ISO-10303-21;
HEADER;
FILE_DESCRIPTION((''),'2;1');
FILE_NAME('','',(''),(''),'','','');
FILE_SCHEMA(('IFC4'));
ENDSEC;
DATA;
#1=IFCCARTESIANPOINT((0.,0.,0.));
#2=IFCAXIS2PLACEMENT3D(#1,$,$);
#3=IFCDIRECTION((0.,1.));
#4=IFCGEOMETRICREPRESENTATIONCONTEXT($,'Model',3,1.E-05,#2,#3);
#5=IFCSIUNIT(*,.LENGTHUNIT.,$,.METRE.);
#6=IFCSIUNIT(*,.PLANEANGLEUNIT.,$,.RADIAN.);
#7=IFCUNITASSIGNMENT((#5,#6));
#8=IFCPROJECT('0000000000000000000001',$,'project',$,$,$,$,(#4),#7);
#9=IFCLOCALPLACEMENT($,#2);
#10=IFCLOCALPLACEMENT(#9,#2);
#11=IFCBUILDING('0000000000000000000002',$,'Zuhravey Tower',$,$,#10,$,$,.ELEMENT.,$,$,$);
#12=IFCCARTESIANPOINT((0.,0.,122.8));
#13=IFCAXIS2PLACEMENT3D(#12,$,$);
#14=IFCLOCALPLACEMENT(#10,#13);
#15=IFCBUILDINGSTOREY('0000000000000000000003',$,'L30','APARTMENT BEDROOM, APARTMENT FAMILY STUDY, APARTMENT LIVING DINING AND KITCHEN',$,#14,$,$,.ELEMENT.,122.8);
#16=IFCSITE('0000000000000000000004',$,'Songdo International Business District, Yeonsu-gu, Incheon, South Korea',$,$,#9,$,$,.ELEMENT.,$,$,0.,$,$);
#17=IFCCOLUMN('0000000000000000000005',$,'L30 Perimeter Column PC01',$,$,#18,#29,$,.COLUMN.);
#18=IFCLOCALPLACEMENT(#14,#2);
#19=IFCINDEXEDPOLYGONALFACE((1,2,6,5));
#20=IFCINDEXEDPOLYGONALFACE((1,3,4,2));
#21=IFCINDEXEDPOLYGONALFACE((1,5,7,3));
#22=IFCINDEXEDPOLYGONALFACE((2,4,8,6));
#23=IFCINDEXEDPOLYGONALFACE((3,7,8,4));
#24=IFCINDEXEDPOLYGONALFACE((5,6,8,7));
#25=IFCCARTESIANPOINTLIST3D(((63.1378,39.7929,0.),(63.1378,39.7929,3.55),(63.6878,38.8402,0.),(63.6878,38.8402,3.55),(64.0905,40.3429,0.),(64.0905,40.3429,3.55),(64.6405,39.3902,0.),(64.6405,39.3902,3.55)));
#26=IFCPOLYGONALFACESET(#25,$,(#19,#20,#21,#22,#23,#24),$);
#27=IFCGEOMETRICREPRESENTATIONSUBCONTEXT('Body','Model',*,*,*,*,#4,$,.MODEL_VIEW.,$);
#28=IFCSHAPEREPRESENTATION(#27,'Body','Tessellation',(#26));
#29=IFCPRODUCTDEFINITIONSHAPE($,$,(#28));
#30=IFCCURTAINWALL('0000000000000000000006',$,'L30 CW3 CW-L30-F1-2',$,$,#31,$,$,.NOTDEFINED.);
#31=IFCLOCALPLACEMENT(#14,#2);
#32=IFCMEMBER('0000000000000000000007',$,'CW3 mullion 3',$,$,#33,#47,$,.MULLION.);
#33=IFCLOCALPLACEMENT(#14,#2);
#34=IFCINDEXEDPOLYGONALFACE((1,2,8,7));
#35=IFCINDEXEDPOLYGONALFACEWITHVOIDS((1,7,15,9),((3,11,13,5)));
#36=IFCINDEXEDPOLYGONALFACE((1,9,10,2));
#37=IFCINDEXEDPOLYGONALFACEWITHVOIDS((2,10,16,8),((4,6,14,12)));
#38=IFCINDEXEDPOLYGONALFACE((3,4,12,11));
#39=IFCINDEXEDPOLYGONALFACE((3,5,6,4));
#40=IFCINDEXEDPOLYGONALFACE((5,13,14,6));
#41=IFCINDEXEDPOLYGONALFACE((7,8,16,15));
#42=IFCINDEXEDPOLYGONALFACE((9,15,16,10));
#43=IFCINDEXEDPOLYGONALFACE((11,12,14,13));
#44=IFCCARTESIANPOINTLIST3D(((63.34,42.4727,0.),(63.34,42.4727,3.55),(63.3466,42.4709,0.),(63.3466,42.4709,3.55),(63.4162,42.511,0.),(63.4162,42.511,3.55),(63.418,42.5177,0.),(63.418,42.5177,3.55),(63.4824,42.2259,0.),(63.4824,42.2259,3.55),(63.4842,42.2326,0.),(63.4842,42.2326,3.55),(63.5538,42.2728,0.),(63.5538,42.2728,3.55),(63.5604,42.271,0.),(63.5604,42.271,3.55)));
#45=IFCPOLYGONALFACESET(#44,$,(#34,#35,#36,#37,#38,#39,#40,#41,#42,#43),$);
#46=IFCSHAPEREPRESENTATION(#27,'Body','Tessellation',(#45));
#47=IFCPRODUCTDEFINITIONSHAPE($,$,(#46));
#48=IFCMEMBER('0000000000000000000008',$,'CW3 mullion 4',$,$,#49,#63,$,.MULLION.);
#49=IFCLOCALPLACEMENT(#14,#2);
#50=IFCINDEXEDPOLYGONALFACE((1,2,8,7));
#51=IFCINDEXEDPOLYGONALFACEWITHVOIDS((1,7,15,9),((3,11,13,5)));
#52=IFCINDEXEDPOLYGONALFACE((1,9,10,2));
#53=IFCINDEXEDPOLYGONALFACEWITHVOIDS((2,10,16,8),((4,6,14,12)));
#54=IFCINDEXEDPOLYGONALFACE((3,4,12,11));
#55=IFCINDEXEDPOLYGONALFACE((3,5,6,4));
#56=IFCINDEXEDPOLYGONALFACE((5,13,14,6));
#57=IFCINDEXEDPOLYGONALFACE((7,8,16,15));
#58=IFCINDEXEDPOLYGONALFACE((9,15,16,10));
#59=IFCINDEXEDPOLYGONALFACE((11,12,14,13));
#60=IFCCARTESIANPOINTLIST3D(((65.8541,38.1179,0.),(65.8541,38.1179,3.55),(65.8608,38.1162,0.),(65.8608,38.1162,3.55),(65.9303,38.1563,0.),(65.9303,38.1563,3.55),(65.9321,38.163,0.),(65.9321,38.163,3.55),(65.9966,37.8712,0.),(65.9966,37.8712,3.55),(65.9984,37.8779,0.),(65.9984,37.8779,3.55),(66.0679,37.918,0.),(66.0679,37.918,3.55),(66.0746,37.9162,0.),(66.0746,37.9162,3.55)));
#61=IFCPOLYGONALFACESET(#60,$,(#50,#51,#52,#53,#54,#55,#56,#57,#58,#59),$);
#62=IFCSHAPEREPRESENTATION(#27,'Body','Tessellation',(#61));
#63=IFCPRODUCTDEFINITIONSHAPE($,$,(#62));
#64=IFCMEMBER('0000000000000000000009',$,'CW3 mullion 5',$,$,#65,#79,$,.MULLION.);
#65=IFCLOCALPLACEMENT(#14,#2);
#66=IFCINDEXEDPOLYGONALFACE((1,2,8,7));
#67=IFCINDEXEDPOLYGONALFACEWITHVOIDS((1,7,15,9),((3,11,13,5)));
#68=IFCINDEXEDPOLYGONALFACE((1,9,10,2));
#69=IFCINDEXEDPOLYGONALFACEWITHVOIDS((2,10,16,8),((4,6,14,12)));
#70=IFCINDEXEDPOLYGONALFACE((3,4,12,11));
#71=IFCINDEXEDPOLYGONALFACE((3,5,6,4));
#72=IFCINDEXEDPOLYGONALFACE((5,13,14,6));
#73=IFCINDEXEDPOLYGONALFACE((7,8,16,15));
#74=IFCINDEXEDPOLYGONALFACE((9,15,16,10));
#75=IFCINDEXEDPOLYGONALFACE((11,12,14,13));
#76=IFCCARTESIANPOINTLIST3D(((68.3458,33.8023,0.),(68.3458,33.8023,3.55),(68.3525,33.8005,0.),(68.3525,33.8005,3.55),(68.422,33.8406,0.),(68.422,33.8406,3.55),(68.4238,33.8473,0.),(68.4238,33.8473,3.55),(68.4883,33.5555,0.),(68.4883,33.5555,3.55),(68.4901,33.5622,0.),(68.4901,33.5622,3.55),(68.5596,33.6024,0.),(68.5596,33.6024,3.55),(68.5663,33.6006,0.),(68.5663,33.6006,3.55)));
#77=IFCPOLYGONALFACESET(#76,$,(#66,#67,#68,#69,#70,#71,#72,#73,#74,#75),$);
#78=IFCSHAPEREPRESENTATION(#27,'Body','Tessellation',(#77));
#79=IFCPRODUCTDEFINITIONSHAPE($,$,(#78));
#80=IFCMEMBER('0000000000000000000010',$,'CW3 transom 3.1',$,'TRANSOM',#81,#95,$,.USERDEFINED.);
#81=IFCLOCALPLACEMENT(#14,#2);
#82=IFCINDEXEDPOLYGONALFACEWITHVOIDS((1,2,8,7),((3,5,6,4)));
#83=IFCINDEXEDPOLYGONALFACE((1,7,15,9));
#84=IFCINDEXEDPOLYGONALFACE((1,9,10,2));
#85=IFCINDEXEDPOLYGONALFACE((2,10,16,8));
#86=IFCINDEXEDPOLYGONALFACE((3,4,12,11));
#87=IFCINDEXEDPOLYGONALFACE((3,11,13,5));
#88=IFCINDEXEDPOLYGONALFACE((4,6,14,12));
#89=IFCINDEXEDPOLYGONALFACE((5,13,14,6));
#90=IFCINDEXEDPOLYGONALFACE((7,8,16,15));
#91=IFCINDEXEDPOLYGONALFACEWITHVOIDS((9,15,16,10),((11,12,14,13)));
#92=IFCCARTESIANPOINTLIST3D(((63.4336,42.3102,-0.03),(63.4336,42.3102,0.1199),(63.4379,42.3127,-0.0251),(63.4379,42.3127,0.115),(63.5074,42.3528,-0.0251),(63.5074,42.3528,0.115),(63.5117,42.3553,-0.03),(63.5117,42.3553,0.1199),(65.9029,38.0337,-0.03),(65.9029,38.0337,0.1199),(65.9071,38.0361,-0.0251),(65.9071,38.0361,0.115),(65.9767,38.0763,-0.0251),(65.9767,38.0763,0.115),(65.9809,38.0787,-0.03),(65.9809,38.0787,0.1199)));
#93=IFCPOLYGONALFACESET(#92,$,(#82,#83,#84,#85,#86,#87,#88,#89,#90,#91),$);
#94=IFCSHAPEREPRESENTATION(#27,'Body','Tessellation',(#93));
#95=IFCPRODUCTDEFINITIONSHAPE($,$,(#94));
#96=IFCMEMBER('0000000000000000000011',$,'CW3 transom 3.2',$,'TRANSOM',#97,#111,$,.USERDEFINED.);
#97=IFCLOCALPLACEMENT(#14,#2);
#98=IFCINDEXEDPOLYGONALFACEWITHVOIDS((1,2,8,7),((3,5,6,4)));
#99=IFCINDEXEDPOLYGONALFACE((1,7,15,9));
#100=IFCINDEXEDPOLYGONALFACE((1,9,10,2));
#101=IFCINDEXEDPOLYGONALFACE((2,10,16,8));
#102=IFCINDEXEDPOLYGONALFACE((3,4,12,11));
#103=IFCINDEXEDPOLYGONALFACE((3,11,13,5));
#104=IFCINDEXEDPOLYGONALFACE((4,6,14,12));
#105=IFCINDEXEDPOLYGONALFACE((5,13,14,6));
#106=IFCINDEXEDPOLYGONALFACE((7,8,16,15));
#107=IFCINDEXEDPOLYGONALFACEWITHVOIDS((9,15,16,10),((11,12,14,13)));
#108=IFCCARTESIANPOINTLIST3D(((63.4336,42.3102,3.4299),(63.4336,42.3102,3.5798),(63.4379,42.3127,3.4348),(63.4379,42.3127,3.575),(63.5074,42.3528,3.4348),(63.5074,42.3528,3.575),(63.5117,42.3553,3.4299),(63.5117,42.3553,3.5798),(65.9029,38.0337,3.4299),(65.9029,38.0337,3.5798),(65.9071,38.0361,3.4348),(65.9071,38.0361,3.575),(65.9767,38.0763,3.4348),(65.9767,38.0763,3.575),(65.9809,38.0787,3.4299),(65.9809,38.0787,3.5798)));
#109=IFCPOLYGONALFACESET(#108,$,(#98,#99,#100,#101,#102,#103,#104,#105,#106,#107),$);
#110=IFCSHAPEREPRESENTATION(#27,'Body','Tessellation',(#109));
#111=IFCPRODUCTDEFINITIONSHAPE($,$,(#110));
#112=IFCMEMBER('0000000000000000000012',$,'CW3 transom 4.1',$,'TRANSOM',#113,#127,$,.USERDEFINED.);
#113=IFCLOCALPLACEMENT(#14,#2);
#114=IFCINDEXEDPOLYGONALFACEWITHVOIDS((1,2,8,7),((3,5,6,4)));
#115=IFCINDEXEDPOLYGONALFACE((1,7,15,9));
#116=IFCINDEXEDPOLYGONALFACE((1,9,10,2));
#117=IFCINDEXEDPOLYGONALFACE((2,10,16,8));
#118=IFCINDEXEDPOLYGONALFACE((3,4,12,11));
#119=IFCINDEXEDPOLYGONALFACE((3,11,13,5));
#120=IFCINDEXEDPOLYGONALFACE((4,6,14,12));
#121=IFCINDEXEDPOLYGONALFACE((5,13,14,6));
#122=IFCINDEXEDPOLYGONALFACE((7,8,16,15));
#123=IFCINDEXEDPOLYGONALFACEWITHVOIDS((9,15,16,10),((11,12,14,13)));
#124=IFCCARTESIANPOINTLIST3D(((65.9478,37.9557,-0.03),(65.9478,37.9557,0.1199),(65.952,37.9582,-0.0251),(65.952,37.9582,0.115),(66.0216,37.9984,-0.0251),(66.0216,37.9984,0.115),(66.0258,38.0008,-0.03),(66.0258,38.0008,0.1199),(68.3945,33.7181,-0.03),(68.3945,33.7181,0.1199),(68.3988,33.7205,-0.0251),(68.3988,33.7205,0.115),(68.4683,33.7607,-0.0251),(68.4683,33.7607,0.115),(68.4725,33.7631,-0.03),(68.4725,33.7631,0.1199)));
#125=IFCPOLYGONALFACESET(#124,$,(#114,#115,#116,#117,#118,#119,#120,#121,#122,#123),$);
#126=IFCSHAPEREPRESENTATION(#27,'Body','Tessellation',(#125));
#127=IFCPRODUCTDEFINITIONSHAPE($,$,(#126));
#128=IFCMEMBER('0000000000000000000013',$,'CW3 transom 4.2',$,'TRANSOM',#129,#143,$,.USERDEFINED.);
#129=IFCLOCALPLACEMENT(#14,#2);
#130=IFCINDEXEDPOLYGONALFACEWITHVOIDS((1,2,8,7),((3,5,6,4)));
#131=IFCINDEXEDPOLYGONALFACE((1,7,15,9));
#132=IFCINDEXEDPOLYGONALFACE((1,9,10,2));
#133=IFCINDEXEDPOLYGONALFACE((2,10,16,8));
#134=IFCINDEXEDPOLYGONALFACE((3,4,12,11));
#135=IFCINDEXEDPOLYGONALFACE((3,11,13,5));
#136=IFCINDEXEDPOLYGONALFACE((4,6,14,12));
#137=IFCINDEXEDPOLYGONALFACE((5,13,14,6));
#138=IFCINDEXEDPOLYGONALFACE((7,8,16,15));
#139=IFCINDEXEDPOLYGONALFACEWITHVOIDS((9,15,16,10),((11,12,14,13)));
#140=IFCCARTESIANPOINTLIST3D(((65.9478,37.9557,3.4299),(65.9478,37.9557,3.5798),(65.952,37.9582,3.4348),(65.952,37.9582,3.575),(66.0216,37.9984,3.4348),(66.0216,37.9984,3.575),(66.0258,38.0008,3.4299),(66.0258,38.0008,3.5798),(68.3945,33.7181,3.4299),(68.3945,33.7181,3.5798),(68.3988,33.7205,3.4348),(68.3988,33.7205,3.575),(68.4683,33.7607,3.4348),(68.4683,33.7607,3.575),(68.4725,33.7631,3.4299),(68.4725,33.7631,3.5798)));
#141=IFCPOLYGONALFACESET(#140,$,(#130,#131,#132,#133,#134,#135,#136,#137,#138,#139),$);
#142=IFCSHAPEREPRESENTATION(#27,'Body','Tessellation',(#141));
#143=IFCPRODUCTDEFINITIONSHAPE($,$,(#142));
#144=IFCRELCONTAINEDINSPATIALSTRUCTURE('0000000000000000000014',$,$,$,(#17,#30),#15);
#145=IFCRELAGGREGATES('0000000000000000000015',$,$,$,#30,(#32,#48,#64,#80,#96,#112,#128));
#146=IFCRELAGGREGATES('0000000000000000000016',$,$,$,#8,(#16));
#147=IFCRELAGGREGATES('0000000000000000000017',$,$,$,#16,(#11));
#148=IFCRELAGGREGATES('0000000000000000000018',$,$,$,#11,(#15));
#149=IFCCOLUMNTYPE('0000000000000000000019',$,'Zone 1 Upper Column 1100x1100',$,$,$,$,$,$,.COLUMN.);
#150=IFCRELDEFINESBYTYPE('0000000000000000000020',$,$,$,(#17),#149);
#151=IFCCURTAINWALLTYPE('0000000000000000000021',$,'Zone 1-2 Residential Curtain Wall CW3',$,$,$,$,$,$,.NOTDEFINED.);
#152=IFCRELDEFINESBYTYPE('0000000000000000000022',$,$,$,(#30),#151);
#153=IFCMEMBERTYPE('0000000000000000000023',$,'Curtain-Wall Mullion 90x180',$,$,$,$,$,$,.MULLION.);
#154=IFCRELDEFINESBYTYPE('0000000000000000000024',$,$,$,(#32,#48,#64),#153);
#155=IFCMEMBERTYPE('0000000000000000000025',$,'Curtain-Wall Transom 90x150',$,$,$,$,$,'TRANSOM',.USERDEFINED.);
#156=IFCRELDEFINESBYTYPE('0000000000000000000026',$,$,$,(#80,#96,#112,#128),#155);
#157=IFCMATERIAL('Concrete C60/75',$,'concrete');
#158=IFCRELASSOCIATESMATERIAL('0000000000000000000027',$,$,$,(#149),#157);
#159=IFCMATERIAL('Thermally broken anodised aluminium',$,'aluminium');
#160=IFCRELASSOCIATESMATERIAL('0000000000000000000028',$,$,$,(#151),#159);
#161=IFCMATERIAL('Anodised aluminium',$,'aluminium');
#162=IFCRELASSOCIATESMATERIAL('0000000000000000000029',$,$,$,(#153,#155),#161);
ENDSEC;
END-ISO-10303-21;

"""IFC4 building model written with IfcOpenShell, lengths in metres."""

from ifc_helpers import new_model, si_unit, direction, frame, origin, origin_2d, place, context, subcontext, project, spatial, rectangle, hollow_rectangle, extrude, material, material_profile, profile_set, type_object, element, aggregate, save


model = new_model("IFC4")

# Units and contexts
model_context = context("Model", 3, precision=1e-05, world=origin(), true_north=direction((0.0, 1.0)))
body_context = subcontext(model_context, "Body", "Model", "MODEL_VIEW")
ifc_project = project(units=[si_unit("LENGTHUNIT", "METRE"), si_unit("PLANEANGLEUNIT", "RADIAN")], contexts=[model_context])

# Site, building, storey
site_placement = place(None, origin())
site = spatial("IfcSite", under=ifc_project, at=site_placement, Name="Songdo International Business District, Yeonsu-gu, Incheon, South Korea", CompositionType="ELEMENT", RefElevation=0.0)
building_placement = place(site_placement, origin())
building = spatial("IfcBuilding", under=site, at=building_placement, Name="Zuhravey Tower", CompositionType="ELEMENT")
storey_placement = place(building_placement, frame((0.0, 0.0, 122.8)))
storey = spatial("IfcBuildingStorey", under=building, at=storey_placement, Name="L30", Description="APARTMENT BEDROOM, APARTMENT FAMILY STUDY, APARTMENT LIVING DINING AND KITCHEN", CompositionType="ELEMENT", Elevation=122.8)

# Column
ifc_material_1 = material(Name="Concrete C60/75", Category="concrete")
ifc_material_profile_1 = material_profile(ifc_material_1, rectangle(XDim=1.1001, YDim=1.1001, at=origin_2d()), Name="RC-1100x1100")
ifc_profile_set_1 = profile_set([ifc_material_profile_1], Name="Concrete C60/75")
column_type = type_object("IfcColumnType", Name="Zone 1 Upper Column 1100x1100", PredefinedType="COLUMN", material=ifc_profile_set_1)
column_placement = place(storey_placement, frame((63.8892, 39.5916, 0.0), z_axis=(0.0, 0.0, 1.0), x_axis=(-0.5, 0.866025, 0.0)))
element("IfcColumn", 1, at=column_placement, inside=storey, type_object=column_type, Name="L30 Perimeter Column PC01", PredefinedType="COLUMN", context=body_context, shape_type="SweptSolid", body=[
    extrude(rectangle(XDim=1.1001, YDim=1.1001, at=origin_2d()), origin(), (0.0, 0.0, 1.0), 3.55),
])

# Curtain wall, members
ifc_material_2 = material(Name="Thermally broken anodised aluminium", Category="aluminium")
curtain_wall_type = type_object("IfcCurtainWallType", Name="Zone 1-2 Residential Curtain Wall CW3", PredefinedType="NOTDEFINED", material=ifc_material_2)
curtain_wall_placement = place(storey_placement, origin())
curtain_wall = element("IfcCurtainWall", 2, at=curtain_wall_placement, inside=storey, type_object=curtain_wall_type, Name="L30 CW3 CW-L30-F1-2", PredefinedType="NOTDEFINED")
ifc_material_3 = material(Name="Anodised aluminium", Category="aluminium")
ifc_material_profile_2 = material_profile(ifc_material_3, hollow_rectangle(XDim=0.0901, YDim=0.2849, WallThickness=0.0049, at=origin_2d()), Name="ALU-RHS-90x285x5")
ifc_profile_set_2 = profile_set([ifc_material_profile_2], Name="Anodised aluminium")
member_type_1 = type_object("IfcMemberType", Name="Curtain-Wall Mullion 90x180", PredefinedType="MULLION", material=ifc_profile_set_2)
member_1_placement = place(storey_placement, frame((63.4502, 42.3718, 0.0), z_axis=(0.0, 0.0, 1.0), x_axis=(0.866026, 0.499999, 0.0)))
member_1 = element("IfcMember", 3, at=member_1_placement, type_object=member_type_1, Name="CW3 mullion 3", PredefinedType="MULLION", context=body_context, shape_type="SweptSolid", body=[
    extrude(hollow_rectangle(XDim=0.0901, YDim=0.2849, WallThickness=0.0049, at=origin_2d()), origin(), (0.0, 0.0, 1.0), 3.55),
])
member_2_placement = place(storey_placement, frame((65.9644, 38.0171, 0.0), z_axis=(0.0, 0.0, 1.0), x_axis=(0.866026, 0.499999, 0.0)))
member_2 = element("IfcMember", 4, at=member_2_placement, type_object=member_type_1, Name="CW3 mullion 4", PredefinedType="MULLION", context=body_context, shape_type="SweptSolid", body=[
    extrude(hollow_rectangle(XDim=0.0901, YDim=0.2849, WallThickness=0.0049, at=origin_2d()), origin(), (0.0, 0.0, 1.0), 3.55),
])
member_3_placement = place(storey_placement, frame((68.4561, 33.7014, 0.0), z_axis=(0.0, 0.0, 1.0), x_axis=(0.866026, 0.499999, 0.0)))
member_3 = element("IfcMember", 5, at=member_3_placement, type_object=member_type_1, Name="CW3 mullion 5", PredefinedType="MULLION", context=body_context, shape_type="SweptSolid", body=[
    extrude(hollow_rectangle(XDim=0.0901, YDim=0.2849, WallThickness=0.0049, at=origin_2d()), origin(), (0.0, 0.0, 1.0), 3.55),
])
ifc_material_profile_3 = material_profile(ifc_material_3, hollow_rectangle(XDim=0.0901, YDim=0.1499, WallThickness=0.0049, at=origin_2d()), Name="ALU-RHS-90x150x5")
ifc_profile_set_3 = profile_set([ifc_material_profile_3], Name="Anodised aluminium")
member_type_2 = type_object("IfcMemberType", Name="Curtain-Wall Transom 90x150", ElementType="TRANSOM", PredefinedType="USERDEFINED", material=ifc_profile_set_3)
member_4_placement = place(storey_placement, frame((63.4727, 42.3328, 0.0449), z_axis=(0.500021, -0.866014, 0.0), x_axis=(0.866014, 0.500021, 0.0)))
member_4 = element("IfcMember", 6, at=member_4_placement, type_object=member_type_2, Name="CW3 transom 3.1", ObjectType="TRANSOM", PredefinedType="USERDEFINED", context=body_context, shape_type="SweptSolid", body=[
    extrude(hollow_rectangle(XDim=0.0901, YDim=0.1499, WallThickness=0.0049, at=origin_2d()), origin(), (0.0, 0.0, 1.0), 4.9382),
])
member_5_placement = place(storey_placement, frame((63.4727, 42.3328, 3.5049), z_axis=(0.500021, -0.866014, 0.0), x_axis=(0.866014, 0.500021, 0.0)))
member_5 = element("IfcMember", 7, at=member_5_placement, type_object=member_type_2, Name="CW3 transom 3.2", ObjectType="TRANSOM", PredefinedType="USERDEFINED", context=body_context, shape_type="SweptSolid", body=[
    extrude(hollow_rectangle(XDim=0.0901, YDim=0.1499, WallThickness=0.0049, at=origin_2d()), origin(), (0.0, 0.0, 1.0), 4.9382),
])
member_6_placement = place(storey_placement, frame((65.9868, 37.9783, 0.0449), z_axis=(0.500013, -0.866018, 0.0), x_axis=(0.866018, 0.500013, 0.0)))
member_6 = element("IfcMember", 8, at=member_6_placement, type_object=member_type_2, Name="CW3 transom 4.1", ObjectType="TRANSOM", PredefinedType="USERDEFINED", context=body_context, shape_type="SweptSolid", body=[
    extrude(hollow_rectangle(XDim=0.0901, YDim=0.1499, WallThickness=0.0049, at=origin_2d()), origin(), (0.0, 0.0, 1.0), 4.8933),
])
member_7_placement = place(storey_placement, frame((65.9868, 37.9783, 3.5049), z_axis=(0.500013, -0.866018, 0.0), x_axis=(0.866018, 0.500013, 0.0)))
member_7 = element("IfcMember", 9, at=member_7_placement, type_object=member_type_2, Name="CW3 transom 4.2", ObjectType="TRANSOM", PredefinedType="USERDEFINED", context=body_context, shape_type="SweptSolid", body=[
    extrude(hollow_rectangle(XDim=0.0901, YDim=0.1499, WallThickness=0.0049, at=origin_2d()), origin(), (0.0, 0.0, 1.0), 4.8933),
])

aggregate(curtain_wall, [member_1, member_2, member_3, member_4, member_5, member_6, member_7])

save(model, "model.ifc")
